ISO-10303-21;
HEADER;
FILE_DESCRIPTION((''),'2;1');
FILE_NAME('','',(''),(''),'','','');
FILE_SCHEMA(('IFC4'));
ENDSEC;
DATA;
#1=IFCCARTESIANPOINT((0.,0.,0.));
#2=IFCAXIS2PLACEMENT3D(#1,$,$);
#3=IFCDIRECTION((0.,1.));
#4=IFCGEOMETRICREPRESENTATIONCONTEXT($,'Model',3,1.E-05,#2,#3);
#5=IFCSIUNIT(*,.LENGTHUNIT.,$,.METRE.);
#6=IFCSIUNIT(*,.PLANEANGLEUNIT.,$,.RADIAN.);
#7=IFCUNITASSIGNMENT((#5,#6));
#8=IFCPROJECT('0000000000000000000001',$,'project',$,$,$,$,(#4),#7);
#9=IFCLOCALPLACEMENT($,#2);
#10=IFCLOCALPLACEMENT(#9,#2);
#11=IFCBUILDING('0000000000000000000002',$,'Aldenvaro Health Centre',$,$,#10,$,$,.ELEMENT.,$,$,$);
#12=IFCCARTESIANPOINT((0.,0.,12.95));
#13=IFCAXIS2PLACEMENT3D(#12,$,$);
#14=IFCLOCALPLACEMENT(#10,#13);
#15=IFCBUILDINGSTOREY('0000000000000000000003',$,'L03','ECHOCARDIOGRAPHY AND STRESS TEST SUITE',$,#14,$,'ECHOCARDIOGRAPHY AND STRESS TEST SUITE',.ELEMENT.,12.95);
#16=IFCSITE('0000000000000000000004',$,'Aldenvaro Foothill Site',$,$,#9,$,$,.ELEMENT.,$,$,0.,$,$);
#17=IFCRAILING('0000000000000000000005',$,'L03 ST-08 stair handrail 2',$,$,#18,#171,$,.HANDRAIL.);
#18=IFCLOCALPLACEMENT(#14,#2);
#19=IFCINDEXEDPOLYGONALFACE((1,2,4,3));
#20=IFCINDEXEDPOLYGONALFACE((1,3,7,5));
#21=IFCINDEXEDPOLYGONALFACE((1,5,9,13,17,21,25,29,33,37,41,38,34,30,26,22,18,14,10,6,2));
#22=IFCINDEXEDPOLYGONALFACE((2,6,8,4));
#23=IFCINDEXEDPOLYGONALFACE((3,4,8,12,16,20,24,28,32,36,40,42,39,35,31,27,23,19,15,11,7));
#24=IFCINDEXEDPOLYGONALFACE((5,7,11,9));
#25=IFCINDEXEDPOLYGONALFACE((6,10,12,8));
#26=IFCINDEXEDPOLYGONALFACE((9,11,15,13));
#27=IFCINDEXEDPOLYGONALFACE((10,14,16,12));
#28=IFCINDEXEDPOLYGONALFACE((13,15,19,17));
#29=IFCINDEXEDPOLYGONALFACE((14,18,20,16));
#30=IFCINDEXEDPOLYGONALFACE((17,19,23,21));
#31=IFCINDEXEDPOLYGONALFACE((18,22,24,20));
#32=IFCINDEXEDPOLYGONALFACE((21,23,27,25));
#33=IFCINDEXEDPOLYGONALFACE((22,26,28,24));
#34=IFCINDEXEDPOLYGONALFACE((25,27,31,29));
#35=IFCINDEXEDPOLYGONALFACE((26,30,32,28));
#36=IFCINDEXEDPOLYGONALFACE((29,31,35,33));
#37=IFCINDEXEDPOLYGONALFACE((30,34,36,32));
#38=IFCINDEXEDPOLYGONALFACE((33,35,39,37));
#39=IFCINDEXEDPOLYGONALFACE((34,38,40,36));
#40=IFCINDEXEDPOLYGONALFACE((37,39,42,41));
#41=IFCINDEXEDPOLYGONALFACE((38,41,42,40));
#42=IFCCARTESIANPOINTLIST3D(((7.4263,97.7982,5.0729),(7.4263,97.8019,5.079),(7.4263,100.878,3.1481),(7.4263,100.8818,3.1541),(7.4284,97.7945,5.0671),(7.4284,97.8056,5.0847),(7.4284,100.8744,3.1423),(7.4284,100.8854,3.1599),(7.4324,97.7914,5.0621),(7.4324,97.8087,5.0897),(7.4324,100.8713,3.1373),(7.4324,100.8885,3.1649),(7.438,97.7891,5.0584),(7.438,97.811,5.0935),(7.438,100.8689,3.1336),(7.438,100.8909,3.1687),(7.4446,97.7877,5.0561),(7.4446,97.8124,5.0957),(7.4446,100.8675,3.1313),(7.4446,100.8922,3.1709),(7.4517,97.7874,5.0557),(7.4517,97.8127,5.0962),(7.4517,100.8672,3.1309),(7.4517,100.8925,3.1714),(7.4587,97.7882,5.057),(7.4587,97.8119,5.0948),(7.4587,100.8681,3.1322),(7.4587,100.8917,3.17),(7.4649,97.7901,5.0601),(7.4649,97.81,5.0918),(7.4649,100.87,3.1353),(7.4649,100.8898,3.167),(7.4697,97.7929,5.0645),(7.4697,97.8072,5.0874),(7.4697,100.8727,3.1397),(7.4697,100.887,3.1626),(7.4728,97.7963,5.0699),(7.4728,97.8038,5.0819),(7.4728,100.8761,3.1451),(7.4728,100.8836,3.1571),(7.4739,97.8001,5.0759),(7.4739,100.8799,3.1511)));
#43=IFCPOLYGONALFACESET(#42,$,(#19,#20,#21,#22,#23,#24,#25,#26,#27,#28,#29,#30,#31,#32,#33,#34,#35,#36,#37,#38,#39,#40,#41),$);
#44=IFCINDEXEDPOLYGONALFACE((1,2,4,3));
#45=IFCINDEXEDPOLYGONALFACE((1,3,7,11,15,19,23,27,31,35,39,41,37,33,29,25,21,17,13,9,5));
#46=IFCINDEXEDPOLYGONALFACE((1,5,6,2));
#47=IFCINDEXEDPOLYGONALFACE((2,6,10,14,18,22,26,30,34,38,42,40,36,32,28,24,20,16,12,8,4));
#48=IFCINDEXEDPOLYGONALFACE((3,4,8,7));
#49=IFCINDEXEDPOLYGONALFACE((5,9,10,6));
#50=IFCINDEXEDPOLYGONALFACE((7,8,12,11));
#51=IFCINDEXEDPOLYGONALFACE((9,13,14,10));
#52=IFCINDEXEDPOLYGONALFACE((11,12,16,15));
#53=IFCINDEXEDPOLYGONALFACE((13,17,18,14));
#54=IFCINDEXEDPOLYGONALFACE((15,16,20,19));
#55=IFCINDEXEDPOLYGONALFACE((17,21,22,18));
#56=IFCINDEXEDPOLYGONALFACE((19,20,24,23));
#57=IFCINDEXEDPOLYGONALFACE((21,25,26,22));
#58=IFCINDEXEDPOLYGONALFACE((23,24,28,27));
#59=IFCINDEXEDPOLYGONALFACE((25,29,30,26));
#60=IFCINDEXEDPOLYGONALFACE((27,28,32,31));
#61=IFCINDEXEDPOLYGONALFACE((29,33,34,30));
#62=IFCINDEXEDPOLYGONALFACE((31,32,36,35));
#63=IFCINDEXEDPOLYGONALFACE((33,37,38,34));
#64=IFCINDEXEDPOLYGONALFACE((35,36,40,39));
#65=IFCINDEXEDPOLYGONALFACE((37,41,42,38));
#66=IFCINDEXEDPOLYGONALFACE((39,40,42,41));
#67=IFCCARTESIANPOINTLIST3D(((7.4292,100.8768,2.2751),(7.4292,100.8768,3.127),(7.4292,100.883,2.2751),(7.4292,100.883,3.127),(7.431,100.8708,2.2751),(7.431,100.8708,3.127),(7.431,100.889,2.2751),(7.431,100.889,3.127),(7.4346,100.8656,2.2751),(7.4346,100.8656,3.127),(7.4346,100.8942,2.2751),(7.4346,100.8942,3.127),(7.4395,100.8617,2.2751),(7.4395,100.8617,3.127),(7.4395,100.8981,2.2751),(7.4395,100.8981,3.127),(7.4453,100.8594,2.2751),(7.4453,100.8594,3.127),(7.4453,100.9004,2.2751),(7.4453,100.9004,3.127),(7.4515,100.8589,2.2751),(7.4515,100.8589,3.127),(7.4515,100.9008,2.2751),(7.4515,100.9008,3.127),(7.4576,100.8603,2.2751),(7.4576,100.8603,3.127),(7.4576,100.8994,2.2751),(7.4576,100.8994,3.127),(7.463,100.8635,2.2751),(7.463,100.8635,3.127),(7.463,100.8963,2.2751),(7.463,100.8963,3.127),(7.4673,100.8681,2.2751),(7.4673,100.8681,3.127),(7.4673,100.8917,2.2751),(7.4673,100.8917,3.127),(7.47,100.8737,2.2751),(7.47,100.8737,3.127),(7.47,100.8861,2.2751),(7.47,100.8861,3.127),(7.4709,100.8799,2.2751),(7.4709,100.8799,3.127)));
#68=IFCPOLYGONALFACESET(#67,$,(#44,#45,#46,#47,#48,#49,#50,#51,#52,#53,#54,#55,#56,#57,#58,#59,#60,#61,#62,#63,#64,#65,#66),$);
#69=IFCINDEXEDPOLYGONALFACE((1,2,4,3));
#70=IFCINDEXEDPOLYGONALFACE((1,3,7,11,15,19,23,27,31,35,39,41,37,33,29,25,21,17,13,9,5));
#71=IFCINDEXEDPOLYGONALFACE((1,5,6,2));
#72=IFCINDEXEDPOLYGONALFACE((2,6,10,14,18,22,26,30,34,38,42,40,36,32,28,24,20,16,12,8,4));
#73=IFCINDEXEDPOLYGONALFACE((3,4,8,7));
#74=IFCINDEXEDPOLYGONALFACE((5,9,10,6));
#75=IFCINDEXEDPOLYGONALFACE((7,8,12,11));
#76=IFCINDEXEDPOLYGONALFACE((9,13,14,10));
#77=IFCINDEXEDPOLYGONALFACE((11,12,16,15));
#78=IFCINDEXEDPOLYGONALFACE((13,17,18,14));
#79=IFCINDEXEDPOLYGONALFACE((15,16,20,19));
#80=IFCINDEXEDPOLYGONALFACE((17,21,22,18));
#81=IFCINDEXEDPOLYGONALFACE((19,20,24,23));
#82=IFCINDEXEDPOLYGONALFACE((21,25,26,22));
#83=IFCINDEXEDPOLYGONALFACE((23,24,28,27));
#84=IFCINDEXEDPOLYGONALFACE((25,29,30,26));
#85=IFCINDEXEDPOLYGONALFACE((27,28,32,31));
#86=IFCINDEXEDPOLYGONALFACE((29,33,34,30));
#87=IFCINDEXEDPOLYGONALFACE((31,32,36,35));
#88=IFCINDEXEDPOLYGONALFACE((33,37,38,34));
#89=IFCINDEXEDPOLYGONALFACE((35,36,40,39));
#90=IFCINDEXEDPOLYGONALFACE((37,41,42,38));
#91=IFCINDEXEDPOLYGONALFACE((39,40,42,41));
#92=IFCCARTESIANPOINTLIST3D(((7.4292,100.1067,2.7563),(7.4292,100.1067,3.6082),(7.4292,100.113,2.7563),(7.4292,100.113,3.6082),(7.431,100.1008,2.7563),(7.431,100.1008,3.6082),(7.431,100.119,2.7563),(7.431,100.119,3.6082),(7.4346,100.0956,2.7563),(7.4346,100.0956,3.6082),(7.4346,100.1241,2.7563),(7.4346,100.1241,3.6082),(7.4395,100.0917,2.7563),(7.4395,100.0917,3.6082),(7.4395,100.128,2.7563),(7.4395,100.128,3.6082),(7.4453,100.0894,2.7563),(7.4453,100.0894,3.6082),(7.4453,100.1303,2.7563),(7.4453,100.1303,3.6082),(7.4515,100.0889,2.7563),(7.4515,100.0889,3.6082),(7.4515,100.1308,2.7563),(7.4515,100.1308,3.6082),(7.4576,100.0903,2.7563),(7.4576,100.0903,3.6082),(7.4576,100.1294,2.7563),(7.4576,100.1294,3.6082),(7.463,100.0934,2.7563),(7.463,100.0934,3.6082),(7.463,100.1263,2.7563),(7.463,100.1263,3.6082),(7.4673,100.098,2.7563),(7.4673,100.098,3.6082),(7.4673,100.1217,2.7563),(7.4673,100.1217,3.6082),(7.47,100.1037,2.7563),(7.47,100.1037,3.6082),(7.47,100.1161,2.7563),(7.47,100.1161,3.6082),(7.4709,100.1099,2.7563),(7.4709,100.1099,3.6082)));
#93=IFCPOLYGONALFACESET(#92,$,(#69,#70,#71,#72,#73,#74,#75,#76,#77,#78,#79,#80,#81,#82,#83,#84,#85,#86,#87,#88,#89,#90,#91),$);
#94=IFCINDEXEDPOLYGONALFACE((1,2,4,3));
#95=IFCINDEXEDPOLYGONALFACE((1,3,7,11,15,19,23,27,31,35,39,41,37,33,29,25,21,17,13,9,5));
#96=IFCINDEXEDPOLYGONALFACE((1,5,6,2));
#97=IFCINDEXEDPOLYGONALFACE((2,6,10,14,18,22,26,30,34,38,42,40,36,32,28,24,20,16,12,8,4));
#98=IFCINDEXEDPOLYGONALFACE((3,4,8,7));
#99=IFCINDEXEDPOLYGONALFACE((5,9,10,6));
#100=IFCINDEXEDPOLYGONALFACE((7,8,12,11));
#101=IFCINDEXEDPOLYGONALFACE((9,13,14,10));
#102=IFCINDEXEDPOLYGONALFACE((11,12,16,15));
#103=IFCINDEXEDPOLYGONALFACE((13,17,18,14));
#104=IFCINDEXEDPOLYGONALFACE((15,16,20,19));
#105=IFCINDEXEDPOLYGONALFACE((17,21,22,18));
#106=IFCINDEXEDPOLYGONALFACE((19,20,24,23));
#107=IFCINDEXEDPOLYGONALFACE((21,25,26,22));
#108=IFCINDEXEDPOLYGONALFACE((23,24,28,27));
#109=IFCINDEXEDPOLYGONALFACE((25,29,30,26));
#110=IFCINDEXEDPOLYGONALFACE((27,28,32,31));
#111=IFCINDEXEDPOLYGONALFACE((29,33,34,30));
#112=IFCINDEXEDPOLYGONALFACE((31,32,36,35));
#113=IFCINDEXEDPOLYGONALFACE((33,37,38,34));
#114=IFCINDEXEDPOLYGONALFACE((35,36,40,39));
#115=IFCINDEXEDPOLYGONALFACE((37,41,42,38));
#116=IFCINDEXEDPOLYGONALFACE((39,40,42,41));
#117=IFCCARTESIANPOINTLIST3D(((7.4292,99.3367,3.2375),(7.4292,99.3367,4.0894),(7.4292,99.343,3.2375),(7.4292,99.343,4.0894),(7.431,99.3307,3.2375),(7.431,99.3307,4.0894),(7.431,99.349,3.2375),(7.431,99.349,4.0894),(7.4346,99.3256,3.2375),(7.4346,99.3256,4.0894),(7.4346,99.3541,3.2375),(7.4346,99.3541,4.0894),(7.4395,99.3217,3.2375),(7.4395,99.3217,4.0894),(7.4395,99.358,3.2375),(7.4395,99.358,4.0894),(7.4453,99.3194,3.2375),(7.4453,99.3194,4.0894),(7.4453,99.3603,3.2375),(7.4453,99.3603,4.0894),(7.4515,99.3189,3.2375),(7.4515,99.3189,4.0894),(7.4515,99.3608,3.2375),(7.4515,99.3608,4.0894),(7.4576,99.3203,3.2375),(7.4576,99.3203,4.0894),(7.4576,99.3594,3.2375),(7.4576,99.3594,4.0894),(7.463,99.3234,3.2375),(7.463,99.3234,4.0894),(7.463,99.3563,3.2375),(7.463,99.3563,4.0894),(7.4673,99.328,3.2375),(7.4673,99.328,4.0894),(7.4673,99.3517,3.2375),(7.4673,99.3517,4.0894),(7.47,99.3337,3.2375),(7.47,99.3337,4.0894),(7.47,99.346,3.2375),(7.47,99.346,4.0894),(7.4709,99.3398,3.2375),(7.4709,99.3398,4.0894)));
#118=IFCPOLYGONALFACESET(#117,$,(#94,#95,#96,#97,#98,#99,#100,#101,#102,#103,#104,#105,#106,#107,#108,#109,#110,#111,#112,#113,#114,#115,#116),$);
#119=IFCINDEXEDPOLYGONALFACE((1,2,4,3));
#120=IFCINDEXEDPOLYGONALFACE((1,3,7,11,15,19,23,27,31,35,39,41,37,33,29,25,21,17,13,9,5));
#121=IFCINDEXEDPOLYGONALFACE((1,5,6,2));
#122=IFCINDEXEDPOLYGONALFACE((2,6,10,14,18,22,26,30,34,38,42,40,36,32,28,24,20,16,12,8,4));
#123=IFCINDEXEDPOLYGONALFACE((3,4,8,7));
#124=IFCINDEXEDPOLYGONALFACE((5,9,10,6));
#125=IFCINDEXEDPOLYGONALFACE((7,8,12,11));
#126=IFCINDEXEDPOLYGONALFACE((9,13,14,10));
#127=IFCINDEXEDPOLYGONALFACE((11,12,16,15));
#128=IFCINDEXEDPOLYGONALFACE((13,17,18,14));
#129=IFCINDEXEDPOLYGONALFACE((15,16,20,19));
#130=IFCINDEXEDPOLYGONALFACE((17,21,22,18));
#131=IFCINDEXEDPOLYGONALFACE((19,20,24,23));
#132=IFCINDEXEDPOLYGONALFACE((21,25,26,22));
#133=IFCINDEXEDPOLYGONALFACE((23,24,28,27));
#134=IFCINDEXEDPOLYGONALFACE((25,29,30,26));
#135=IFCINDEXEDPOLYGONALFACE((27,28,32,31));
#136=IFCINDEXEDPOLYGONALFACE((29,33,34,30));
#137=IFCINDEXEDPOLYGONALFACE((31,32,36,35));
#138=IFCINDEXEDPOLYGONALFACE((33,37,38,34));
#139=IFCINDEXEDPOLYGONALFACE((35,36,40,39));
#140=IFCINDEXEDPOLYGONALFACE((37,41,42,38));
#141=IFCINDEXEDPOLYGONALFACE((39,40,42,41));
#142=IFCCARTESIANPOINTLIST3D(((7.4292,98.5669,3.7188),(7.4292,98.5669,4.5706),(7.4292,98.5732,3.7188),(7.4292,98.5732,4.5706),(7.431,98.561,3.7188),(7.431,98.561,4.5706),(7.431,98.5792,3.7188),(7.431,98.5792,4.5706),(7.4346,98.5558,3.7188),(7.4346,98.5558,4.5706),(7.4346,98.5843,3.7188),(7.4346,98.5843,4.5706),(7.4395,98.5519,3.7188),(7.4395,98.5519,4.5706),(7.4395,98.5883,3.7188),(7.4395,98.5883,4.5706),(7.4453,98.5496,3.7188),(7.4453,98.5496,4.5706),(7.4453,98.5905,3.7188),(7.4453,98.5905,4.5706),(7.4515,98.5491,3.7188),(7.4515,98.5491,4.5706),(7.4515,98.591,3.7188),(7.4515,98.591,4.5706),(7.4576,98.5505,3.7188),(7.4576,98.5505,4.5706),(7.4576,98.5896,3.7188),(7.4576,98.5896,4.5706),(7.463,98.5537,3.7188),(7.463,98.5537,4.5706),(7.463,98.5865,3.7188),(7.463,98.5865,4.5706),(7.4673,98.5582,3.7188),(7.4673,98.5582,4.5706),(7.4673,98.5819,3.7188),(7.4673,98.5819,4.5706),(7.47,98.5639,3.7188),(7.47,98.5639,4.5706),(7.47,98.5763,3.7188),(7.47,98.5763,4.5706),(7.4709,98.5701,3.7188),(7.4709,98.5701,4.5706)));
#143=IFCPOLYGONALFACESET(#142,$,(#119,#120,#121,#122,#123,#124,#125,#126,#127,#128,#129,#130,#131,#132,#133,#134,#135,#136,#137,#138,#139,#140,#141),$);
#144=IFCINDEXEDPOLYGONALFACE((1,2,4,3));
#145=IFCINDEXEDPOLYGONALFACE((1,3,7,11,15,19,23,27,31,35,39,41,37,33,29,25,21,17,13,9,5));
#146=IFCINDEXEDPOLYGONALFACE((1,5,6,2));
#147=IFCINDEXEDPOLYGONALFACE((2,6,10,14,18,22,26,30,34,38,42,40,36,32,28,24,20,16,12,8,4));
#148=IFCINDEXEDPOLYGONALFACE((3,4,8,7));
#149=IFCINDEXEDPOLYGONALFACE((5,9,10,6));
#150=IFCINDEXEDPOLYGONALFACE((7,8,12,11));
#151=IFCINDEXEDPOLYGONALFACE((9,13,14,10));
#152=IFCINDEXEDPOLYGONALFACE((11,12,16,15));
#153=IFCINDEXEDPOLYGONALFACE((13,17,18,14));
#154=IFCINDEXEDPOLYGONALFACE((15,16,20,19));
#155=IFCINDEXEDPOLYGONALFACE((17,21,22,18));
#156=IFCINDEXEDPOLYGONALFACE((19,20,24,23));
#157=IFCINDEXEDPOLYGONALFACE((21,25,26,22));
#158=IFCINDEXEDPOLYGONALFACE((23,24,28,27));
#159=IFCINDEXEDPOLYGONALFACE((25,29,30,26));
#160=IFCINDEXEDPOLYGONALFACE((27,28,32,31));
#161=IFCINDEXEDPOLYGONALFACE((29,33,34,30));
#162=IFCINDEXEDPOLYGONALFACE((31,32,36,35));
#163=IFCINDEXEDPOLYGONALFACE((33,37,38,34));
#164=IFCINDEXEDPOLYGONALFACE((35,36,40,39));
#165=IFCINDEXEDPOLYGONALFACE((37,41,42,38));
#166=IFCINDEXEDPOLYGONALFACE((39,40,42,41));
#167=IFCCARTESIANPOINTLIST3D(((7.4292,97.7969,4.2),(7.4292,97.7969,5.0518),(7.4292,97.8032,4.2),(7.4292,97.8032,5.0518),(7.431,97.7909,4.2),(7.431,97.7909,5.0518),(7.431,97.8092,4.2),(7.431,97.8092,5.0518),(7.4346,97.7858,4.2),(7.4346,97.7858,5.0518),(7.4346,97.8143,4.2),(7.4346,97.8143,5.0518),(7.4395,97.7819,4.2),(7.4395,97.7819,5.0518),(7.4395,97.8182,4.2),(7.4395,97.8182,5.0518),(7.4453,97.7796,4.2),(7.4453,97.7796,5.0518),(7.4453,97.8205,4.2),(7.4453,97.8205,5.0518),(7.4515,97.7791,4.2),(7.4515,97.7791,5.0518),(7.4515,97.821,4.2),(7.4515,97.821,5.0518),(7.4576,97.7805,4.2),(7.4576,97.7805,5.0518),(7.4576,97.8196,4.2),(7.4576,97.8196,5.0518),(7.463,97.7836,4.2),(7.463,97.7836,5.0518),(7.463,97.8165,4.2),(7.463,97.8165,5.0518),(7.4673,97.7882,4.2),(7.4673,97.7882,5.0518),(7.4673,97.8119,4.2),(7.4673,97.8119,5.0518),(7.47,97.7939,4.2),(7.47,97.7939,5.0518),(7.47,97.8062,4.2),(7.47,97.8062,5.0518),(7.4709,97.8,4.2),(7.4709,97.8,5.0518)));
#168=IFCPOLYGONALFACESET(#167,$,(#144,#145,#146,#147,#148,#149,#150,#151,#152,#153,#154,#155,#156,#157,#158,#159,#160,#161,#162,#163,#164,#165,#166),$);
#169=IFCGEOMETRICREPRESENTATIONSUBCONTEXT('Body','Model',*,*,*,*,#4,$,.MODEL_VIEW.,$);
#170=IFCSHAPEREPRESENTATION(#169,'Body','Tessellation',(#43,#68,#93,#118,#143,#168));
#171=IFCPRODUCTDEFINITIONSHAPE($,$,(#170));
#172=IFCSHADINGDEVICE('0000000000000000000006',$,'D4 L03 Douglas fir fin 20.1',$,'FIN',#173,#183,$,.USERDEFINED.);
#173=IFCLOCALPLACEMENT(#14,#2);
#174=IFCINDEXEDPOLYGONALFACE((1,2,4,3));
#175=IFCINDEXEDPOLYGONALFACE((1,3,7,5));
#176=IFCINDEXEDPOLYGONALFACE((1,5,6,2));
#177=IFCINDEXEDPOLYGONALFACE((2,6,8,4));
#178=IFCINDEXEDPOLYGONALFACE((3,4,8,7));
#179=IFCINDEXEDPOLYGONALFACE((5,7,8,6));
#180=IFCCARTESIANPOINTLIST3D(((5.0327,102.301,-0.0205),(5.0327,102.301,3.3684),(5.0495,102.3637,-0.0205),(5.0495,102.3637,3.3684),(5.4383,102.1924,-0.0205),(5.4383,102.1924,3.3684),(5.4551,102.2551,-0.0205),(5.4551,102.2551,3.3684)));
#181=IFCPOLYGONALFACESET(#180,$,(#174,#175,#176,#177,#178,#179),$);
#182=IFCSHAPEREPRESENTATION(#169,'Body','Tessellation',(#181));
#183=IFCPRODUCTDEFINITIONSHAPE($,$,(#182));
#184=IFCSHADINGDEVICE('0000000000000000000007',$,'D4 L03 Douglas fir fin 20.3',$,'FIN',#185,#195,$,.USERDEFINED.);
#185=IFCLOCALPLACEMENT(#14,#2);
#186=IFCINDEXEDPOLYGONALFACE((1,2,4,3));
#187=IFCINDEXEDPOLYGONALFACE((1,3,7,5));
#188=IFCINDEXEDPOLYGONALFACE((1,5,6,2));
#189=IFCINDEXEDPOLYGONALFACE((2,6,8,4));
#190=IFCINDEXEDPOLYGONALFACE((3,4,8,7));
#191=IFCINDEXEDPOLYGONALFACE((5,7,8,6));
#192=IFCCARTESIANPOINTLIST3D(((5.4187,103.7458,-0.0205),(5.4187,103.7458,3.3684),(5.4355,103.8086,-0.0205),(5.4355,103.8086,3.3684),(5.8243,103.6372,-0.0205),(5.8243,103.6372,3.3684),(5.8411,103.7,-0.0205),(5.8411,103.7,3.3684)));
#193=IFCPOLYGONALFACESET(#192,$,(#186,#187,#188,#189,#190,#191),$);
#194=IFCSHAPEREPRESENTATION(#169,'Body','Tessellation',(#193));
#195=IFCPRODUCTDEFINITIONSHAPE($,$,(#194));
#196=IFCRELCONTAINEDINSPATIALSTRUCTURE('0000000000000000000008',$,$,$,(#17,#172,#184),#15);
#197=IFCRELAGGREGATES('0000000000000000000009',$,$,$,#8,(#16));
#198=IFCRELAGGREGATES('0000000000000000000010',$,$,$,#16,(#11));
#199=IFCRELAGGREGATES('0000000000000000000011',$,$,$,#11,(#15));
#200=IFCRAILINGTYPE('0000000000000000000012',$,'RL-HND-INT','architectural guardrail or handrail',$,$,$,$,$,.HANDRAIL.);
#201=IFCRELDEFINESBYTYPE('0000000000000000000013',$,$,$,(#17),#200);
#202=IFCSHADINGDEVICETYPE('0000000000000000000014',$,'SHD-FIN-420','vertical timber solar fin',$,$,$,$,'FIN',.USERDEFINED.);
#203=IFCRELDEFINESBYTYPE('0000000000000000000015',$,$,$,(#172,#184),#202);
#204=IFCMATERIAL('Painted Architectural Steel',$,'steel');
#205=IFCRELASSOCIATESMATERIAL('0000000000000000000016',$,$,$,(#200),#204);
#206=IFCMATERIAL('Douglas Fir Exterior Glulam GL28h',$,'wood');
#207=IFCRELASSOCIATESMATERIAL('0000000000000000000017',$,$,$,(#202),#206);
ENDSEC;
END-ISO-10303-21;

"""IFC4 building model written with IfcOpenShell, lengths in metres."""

from ifc_helpers import new_model, si_unit, direction, frame, origin, origin_2d, place, context, subcontext, project, spatial, rectangle, circle, extrude, material, type_object, element, save


model = new_model("IFC4")

# Units and contexts
model_context = context("Model", 3, precision=1e-05, world=origin(), true_north=direction((0.0, 1.0)))
body_context = subcontext(model_context, "Body", "Model", "MODEL_VIEW")
ifc_project = project(units=[si_unit("LENGTHUNIT", "METRE"), si_unit("PLANEANGLEUNIT", "RADIAN")], contexts=[model_context])

# Site, building, storey
site_placement = place(None, origin())
site = spatial("IfcSite", under=ifc_project, at=site_placement, Name="Aldenvaro Foothill Site", CompositionType="ELEMENT", RefElevation=0.0)
building_placement = place(site_placement, origin())
building = spatial("IfcBuilding", under=site, at=building_placement, Name="Aldenvaro Health Centre", CompositionType="ELEMENT")
storey_placement = place(building_placement, frame((0.0, 0.0, 12.95)))
storey = spatial("IfcBuildingStorey", under=building, at=storey_placement, Name="L03", Description="ECHOCARDIOGRAPHY AND STRESS TEST SUITE", LongName="ECHOCARDIOGRAPHY AND STRESS TEST SUITE", CompositionType="ELEMENT", Elevation=12.95)

# Railing
ifc_material_1 = material(Name="Painted Architectural Steel", Category="steel")
railing_type_1 = type_object("IfcRailingType", Name="RL-HND-INT", Description="architectural guardrail or handrail", PredefinedType="HANDRAIL", material=ifc_material_1)
railing_1_placement = place(storey_placement, frame((7.45, 100.8799, 2.2751)))
element("IfcRailing", 1, at=railing_1_placement, inside=storey, type_object=railing_type_1, Name="L03 ST-08 stair handrail 2", PredefinedType="HANDRAIL", context=body_context, shape_type="SweptSolid", body=[
    extrude(circle(Radius=0.0239, at=origin_2d()), frame((0.0, 0.0, 0.876), z_axis=(0.0, -0.84801, 0.529981), x_axis=(1.0, 0.0, 0.0)), (0.0, 0.0, 1.0), 3.6318),
    extrude(circle(Radius=0.021, at=origin_2d()), origin(), (0.0, 0.0, 1.0), 0.8518),
    extrude(circle(Radius=0.021, at=origin_2d()), frame((0.0, -0.77, 0.4812)), (0.0, 0.0, 1.0), 0.8518),
    extrude(circle(Radius=0.021, at=origin_2d()), frame((0.0, -1.54, 0.9624)), (0.0, 0.0, 1.0), 0.8518),
    extrude(circle(Radius=0.021, at=origin_2d()), frame((0.0, -2.3098, 1.4436)), (0.0, 0.0, 1.0), 0.8518),
    extrude(circle(Radius=0.021, at=origin_2d()), frame((0.0, -3.0798, 1.9248)), (0.0, 0.0, 1.0), 0.8518),
])

# Shading devices
ifc_material_2 = material(Name="Douglas Fir Exterior Glulam GL28h", Category="wood")
shading_device_type = type_object("IfcShadingDeviceType", Name="SHD-FIN-420", Description="vertical timber solar fin", ElementType="FIN", PredefinedType="USERDEFINED", material=ifc_material_2)
for number, where, z_axis, x_axis, name in (
    (2, (5.2439, 102.2781, -0.0205), (0.0, 0.0, 1.0), (0.258622, 0.965979, 0.0), "D4 L03 Douglas fir fin 20.1"),
    (3, (5.6299, 103.7229, -0.0205), (0.0, 0.0, 1.0), (0.258622, 0.965979, 0.0), "D4 L03 Douglas fir fin 20.3"),
):
    element("IfcShadingDevice", number, at=place(storey_placement, frame(where, z_axis=z_axis, x_axis=x_axis)), inside=storey, type_object=shading_device_type, Name=name, ObjectType="FIN", PredefinedType="USERDEFINED", context=body_context, shape_type="SweptSolid", body=[
        extrude(rectangle(XDim=0.0649, YDim=0.4199, at=origin_2d()), origin(), (0.0, 0.0, 1.0), 3.3889),
    ])

save(model, "model.ifc")
